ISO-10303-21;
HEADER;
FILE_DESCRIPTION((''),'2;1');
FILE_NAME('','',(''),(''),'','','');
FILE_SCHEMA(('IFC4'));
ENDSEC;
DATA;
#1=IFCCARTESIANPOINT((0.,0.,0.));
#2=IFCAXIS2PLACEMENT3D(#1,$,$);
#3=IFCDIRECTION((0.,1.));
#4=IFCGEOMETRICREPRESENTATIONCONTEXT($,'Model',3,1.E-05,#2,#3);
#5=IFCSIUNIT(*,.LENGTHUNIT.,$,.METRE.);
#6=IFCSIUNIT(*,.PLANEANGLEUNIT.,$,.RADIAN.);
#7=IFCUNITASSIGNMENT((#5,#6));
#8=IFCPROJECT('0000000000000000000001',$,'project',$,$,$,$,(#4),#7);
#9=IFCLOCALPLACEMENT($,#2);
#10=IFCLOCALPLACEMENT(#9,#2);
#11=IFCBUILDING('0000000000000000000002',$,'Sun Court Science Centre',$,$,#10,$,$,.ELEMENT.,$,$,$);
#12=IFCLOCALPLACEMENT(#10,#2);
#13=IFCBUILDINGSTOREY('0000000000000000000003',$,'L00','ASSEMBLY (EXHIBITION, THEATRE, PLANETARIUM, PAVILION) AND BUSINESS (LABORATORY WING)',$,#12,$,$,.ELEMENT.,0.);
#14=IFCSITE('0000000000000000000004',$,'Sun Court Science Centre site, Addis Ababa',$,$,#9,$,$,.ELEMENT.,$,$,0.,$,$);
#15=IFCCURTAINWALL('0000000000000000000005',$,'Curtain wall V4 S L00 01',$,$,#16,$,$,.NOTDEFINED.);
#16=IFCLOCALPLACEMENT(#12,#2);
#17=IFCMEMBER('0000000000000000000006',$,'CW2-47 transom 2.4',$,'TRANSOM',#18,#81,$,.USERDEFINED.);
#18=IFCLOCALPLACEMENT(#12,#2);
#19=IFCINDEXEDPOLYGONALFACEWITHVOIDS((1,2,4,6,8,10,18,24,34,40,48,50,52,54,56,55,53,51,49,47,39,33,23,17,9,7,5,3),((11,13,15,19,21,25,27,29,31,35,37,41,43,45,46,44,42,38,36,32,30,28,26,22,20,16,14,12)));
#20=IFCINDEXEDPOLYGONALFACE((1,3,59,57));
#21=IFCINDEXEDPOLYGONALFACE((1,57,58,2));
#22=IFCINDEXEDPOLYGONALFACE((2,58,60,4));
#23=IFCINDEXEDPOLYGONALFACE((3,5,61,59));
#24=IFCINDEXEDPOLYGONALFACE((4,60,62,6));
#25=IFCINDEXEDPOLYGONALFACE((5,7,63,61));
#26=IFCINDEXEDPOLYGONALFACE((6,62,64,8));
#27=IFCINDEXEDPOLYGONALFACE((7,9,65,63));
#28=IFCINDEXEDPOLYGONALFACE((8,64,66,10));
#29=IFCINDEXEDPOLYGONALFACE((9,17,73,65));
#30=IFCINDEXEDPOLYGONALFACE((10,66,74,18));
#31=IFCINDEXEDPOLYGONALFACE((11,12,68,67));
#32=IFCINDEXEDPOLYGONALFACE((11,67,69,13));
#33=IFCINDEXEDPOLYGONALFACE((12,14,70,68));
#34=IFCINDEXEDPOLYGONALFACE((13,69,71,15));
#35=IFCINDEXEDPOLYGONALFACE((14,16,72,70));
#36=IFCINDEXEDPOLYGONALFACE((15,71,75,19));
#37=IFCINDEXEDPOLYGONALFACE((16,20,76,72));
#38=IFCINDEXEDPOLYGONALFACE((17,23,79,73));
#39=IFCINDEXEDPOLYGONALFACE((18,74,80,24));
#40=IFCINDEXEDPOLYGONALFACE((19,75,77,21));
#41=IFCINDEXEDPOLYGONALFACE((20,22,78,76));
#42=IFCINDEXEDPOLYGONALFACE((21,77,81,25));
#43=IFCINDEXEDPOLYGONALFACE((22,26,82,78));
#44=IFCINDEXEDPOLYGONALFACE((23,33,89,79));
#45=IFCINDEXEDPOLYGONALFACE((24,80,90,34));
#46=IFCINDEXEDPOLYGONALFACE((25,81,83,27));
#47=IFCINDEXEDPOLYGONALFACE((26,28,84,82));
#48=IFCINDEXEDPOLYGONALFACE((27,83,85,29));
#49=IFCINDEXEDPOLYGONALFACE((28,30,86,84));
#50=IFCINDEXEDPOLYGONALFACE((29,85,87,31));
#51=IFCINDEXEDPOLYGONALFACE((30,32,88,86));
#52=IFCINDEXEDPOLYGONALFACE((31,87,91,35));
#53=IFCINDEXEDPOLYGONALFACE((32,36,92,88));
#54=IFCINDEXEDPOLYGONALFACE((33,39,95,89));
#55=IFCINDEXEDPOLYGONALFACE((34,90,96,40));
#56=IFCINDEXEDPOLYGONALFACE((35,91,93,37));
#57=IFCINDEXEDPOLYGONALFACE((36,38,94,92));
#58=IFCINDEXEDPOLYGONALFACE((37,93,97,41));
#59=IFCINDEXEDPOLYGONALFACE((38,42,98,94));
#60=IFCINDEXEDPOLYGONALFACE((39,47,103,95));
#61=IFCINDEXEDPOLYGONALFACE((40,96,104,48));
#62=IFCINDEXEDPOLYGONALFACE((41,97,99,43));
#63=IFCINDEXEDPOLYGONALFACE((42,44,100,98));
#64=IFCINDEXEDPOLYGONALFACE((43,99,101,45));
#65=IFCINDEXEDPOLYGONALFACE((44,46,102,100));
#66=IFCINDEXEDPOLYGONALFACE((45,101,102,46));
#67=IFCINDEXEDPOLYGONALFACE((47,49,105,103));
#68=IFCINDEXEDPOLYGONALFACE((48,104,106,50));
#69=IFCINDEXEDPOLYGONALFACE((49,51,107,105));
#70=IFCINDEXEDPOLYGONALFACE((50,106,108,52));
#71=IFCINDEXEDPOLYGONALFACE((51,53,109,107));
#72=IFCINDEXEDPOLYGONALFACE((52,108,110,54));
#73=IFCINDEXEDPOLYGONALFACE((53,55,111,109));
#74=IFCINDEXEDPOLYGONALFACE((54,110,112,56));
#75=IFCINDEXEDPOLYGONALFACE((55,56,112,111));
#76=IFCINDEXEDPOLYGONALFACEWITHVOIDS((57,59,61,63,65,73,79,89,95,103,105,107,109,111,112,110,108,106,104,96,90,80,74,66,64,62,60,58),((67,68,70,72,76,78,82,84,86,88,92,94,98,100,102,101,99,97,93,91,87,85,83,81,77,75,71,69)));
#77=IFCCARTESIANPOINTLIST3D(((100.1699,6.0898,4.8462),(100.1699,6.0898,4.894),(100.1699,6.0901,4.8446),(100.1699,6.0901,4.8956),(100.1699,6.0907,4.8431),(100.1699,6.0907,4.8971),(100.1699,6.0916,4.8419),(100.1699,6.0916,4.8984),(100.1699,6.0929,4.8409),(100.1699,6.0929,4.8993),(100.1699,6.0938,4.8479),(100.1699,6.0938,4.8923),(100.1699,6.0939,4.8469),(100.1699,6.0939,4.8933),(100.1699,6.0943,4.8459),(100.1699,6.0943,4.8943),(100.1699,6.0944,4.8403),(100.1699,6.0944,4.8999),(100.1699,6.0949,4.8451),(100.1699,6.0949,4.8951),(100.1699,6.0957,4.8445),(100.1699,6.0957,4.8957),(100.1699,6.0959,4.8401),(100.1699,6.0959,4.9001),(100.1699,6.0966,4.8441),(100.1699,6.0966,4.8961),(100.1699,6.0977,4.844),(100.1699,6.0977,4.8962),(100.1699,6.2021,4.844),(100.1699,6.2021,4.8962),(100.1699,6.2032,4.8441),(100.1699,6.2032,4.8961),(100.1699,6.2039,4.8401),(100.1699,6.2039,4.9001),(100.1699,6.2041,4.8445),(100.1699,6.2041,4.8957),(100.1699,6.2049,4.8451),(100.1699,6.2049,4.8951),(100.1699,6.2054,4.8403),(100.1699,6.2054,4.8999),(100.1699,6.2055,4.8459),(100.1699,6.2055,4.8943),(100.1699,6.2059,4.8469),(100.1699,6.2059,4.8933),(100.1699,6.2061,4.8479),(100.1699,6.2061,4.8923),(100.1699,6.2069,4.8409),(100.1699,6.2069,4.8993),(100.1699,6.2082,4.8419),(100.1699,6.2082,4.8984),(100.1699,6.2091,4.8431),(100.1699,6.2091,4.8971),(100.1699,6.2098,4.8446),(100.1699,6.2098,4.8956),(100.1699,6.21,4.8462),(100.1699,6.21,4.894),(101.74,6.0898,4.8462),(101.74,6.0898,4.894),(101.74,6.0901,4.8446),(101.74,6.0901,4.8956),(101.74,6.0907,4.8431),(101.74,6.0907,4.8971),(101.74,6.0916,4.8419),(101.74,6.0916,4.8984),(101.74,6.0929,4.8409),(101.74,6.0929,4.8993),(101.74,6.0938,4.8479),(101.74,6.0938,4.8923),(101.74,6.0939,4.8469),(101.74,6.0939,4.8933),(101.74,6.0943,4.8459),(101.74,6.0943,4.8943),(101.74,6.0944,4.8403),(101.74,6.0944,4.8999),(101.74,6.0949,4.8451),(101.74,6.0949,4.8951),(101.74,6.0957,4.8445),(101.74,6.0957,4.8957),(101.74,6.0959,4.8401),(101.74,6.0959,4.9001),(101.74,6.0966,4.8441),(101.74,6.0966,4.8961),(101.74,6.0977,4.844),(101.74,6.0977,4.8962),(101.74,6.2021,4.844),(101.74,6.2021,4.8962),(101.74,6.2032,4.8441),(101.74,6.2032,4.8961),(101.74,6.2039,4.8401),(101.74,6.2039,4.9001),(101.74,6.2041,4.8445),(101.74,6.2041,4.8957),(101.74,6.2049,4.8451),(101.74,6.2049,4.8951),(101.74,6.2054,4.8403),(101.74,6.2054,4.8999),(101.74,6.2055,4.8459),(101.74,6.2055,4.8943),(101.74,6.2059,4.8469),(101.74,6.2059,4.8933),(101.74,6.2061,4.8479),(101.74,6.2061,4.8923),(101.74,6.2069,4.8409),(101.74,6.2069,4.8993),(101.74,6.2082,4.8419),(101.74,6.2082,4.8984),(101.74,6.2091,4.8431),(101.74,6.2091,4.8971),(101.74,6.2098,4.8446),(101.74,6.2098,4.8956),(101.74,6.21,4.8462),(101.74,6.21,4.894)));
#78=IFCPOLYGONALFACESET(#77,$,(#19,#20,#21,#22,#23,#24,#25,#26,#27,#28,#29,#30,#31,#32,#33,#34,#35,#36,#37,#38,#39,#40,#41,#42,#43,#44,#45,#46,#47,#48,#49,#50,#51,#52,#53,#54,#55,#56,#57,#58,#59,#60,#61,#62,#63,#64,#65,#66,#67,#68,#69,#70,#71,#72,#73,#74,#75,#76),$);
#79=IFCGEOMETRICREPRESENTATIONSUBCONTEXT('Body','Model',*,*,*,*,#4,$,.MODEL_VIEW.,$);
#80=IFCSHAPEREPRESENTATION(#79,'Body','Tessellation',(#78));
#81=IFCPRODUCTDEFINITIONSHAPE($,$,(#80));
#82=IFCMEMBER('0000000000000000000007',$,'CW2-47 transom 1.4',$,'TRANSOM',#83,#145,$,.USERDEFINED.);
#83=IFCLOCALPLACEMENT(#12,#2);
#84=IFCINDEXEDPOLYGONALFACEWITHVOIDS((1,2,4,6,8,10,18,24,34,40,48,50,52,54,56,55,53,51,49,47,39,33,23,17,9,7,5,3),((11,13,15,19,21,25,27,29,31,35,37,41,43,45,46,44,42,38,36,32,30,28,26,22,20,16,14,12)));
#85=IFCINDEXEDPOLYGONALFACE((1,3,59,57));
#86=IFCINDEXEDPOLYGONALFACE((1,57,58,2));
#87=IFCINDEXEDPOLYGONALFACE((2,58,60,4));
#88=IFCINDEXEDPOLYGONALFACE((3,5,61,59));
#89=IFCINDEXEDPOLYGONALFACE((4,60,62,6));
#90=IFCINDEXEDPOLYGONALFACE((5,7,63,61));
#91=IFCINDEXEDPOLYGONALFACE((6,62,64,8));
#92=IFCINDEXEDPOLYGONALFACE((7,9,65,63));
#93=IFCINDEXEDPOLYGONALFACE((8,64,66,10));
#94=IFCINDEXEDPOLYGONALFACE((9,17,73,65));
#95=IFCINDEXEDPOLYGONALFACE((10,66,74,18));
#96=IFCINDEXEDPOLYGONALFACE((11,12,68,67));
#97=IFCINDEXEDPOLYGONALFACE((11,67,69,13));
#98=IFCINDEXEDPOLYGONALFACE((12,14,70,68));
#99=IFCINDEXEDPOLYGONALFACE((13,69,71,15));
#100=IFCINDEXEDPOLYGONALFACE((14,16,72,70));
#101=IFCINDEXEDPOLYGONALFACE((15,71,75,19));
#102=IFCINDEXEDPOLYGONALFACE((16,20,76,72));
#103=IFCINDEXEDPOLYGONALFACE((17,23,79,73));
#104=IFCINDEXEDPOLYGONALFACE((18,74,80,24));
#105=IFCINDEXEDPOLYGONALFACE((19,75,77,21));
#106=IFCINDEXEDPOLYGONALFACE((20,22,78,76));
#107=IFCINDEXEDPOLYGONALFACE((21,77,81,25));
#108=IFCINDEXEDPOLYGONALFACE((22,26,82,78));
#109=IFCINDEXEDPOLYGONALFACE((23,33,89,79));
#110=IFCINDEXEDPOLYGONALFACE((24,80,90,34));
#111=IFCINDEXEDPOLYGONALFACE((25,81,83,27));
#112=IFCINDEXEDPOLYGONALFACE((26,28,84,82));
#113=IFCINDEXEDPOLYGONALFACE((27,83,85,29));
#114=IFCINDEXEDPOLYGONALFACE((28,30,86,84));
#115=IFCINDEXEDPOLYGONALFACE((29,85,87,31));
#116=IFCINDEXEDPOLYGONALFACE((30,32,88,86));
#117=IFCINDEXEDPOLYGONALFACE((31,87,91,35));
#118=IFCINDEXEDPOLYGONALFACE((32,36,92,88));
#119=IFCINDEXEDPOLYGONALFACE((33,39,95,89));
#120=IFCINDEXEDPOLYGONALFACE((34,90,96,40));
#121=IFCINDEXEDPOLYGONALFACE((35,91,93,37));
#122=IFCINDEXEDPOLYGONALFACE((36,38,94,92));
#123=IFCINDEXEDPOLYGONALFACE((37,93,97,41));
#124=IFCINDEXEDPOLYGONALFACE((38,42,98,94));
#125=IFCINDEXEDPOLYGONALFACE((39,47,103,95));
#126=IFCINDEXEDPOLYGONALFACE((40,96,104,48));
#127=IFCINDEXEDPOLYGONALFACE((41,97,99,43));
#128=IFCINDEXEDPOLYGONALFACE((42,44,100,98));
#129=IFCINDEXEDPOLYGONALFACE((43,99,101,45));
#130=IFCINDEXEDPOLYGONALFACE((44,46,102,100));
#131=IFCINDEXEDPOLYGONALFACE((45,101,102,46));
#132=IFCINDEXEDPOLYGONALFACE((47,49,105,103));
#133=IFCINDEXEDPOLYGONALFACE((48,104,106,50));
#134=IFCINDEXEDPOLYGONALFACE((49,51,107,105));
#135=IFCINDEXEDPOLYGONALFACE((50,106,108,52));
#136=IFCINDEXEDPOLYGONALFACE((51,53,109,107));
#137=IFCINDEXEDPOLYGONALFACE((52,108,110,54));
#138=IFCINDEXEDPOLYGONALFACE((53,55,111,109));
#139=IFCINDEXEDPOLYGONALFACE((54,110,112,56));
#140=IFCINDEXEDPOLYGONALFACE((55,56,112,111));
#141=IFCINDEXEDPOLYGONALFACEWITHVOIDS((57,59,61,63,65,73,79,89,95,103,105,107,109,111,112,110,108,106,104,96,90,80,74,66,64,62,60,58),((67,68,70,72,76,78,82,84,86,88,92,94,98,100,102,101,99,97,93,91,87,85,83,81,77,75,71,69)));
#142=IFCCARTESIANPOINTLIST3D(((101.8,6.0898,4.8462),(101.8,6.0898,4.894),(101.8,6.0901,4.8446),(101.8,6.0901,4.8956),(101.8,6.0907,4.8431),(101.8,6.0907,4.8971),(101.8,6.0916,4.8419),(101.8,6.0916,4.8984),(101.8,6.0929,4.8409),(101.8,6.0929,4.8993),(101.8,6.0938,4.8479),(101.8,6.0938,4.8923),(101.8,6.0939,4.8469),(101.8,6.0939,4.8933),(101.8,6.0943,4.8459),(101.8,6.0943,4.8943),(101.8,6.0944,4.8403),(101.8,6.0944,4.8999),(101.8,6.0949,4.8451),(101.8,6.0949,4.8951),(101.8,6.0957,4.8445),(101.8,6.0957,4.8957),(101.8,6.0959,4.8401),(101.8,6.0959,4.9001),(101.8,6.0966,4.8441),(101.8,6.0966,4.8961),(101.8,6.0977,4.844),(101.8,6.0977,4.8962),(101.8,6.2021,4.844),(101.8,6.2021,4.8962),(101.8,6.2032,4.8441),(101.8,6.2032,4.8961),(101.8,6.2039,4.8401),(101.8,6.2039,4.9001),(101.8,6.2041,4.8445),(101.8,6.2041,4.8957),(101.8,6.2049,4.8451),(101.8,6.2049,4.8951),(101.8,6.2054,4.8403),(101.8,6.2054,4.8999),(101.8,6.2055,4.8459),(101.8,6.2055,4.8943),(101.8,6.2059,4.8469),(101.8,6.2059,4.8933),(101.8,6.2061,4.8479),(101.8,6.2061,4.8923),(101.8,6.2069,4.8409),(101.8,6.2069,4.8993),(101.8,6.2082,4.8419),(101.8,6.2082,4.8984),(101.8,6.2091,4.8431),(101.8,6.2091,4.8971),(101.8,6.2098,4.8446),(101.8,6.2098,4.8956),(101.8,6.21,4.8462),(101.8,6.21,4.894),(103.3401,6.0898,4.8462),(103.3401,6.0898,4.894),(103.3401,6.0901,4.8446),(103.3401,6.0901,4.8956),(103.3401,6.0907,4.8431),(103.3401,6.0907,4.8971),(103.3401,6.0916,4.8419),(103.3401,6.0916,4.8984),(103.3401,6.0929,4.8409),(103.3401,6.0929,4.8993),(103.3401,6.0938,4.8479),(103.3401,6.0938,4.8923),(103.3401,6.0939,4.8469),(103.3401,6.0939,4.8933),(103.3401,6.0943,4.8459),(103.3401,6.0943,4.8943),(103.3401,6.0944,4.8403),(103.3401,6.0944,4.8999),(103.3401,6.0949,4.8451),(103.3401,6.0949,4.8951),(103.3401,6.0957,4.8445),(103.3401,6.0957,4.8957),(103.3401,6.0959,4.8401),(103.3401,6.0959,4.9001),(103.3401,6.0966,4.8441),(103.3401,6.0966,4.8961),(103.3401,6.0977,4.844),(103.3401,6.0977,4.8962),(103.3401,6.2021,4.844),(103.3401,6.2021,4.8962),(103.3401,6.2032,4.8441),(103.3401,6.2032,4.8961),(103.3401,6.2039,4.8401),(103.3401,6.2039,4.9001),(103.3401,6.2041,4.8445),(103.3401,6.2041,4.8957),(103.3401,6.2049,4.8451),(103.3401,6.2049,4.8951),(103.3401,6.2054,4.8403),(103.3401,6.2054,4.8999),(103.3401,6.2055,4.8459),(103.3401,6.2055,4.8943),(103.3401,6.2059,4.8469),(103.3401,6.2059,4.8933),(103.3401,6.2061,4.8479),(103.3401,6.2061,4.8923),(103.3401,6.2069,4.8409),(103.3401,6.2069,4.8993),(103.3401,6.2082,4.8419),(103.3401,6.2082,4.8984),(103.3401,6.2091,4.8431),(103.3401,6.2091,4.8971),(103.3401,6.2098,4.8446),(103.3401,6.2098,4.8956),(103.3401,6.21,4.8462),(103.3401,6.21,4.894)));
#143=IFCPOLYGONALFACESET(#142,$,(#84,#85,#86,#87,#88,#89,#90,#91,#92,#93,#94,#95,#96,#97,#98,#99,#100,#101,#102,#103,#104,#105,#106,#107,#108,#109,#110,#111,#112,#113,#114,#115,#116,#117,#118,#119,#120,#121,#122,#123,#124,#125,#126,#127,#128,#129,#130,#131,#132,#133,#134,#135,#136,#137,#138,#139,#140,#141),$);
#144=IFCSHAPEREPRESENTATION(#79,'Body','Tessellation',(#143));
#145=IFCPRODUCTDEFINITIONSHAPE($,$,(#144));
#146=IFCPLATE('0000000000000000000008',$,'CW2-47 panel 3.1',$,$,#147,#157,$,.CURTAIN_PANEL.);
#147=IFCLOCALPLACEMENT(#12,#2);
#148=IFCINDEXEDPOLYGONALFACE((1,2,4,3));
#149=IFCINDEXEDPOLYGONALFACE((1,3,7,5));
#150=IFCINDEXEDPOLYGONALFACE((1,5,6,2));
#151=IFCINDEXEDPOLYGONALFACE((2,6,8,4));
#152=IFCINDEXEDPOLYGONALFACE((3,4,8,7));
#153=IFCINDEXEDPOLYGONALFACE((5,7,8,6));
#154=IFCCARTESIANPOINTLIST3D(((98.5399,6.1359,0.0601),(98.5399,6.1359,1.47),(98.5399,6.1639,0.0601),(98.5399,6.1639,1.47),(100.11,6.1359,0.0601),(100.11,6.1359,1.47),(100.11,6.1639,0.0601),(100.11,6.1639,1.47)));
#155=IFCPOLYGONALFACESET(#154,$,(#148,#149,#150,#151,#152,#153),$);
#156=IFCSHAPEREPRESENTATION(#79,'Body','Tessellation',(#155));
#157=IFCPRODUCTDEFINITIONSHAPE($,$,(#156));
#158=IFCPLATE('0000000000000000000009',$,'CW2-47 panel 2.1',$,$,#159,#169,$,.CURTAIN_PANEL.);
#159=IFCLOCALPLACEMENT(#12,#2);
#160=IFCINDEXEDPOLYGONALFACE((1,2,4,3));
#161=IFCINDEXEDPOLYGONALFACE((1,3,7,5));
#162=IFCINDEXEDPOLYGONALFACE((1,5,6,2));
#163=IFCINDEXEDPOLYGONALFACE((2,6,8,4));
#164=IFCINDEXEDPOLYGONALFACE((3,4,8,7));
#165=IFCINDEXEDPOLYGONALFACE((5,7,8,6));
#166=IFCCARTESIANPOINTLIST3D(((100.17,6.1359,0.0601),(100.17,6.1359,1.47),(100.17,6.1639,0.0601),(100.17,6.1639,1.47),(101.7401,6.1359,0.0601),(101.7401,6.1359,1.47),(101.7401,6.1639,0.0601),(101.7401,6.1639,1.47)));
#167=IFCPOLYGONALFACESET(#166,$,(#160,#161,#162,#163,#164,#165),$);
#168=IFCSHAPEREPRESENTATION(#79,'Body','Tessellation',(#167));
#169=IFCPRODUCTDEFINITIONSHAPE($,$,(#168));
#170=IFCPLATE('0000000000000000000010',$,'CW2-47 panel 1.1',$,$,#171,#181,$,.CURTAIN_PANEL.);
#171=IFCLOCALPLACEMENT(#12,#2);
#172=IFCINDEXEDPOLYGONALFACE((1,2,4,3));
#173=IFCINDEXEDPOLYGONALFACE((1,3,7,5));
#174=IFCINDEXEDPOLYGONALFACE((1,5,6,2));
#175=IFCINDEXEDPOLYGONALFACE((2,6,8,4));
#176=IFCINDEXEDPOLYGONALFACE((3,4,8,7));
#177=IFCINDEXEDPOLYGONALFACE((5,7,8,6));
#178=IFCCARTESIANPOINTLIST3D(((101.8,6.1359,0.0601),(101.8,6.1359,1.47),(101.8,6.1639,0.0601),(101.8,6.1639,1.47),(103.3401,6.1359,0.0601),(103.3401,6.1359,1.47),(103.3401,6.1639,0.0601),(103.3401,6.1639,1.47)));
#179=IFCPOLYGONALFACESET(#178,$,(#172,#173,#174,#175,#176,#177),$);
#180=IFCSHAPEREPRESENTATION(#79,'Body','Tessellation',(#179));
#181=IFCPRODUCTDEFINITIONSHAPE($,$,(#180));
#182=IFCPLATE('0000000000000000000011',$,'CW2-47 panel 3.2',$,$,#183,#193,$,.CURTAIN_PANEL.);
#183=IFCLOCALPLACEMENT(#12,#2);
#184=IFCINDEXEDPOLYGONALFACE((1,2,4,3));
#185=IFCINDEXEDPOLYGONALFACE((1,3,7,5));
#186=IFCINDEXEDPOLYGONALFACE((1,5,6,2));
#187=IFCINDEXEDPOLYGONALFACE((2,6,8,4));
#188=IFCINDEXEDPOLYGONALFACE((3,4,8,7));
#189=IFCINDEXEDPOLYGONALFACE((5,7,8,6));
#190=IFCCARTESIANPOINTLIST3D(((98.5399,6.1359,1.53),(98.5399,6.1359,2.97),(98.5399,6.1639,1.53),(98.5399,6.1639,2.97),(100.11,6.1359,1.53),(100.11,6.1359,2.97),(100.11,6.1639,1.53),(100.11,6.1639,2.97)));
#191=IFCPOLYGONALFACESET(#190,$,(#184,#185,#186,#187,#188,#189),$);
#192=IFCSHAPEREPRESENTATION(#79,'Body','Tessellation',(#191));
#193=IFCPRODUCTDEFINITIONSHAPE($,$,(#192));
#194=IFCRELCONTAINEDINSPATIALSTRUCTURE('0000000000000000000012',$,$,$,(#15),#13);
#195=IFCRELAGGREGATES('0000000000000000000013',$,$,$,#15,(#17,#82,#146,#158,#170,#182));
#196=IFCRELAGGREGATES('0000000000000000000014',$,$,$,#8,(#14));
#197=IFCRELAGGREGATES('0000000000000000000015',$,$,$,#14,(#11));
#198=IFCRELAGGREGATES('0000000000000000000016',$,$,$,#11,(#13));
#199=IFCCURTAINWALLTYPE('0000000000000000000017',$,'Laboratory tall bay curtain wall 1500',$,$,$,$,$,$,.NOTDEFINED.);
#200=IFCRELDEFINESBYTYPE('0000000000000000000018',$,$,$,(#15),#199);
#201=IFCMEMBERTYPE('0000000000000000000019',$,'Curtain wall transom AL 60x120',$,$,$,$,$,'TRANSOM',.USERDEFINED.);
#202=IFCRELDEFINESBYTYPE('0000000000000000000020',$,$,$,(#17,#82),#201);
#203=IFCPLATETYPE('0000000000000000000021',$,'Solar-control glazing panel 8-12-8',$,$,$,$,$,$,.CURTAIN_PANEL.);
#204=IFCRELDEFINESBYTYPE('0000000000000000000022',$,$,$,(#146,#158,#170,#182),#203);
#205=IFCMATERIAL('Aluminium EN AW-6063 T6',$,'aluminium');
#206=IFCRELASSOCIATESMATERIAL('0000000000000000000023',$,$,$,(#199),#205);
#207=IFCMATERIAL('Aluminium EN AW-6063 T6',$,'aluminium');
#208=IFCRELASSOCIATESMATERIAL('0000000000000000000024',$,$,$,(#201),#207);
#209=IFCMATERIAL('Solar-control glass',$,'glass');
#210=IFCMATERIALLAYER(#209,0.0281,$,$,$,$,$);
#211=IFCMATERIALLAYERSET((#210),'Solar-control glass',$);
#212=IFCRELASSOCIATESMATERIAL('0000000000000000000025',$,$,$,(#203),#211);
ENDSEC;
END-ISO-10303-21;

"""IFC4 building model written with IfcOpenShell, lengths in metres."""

from ifc_helpers import new_model, si_unit, direction, frame, origin, origin_2d, place, context, subcontext, project, spatial, rectangle, hollow_rectangle, extrude, material, layer, layer_set, material_profile, profile_set, type_object, element, aggregate, save


model = new_model("IFC4")

# Units and contexts
model_context = context("Model", 3, precision=1e-05, world=origin(), true_north=direction((0.0, 1.0)))
body_context = subcontext(model_context, "Body", "Model", "MODEL_VIEW")
ifc_project = project(units=[si_unit("LENGTHUNIT", "METRE"), si_unit("PLANEANGLEUNIT", "RADIAN")], contexts=[model_context])

# Site, building, storey
site_placement = place(None, origin())
site = spatial("IfcSite", under=ifc_project, at=site_placement, Name="Sun Court Science Centre site, Addis Ababa", CompositionType="ELEMENT", RefElevation=0.0)
building_placement = place(site_placement, origin())
building = spatial("IfcBuilding", under=site, at=building_placement, Name="Sun Court Science Centre", CompositionType="ELEMENT")
storey_placement = place(building_placement, origin())
storey = spatial("IfcBuildingStorey", under=building, at=storey_placement, Name="L00", Description="ASSEMBLY (EXHIBITION, THEATRE, PLANETARIUM, PAVILION) AND BUSINESS (LABORATORY WING)", CompositionType="ELEMENT", Elevation=0.0)

# Curtain wall, members, plates
ifc_material_1 = material(Name="Aluminium EN AW-6063 T6", Category="aluminium")
curtain_wall_type = type_object("IfcCurtainWallType", Name="Laboratory tall bay curtain wall 1500", PredefinedType="NOTDEFINED", material=ifc_material_1)
curtain_wall_placement = place(storey_placement, origin())
curtain_wall = element("IfcCurtainWall", 1, at=curtain_wall_placement, inside=storey, type_object=curtain_wall_type, Name="Curtain wall V4 S L00 01", PredefinedType="NOTDEFINED")
ifc_material_2 = material(Name="Aluminium EN AW-6063 T6", Category="aluminium")
ifc_material_profile_1 = material_profile(ifc_material_2, hollow_rectangle(XDim=0.0601, YDim=0.1201, WallThickness=0.0039, InnerFilletRadius=0.0039, OuterFilletRadius=0.0061, at=origin_2d()), Name="AL 60x120x4")
ifc_profile_set_1 = profile_set([ifc_material_profile_1], Name="Aluminium EN AW-6063 T6")
member_type_1 = type_object("IfcMemberType", Name="Curtain wall transom AL 60x120", ElementType="TRANSOM", PredefinedType="USERDEFINED", material=ifc_profile_set_1)
member_1_placement = place(storey_placement, frame((101.74, 6.1499, 4.8701), z_axis=(-1.0, 0.0, 0.0), x_axis=(0.0, 0.0, 1.0)))
member_1 = element("IfcMember", 2, at=member_1_placement, type_object=member_type_1, Name="CW2-47 transom 2.4", ObjectType="TRANSOM", PredefinedType="USERDEFINED", context=body_context, shape_type="SweptSolid", body=[
    extrude(hollow_rectangle(XDim=0.0601, YDim=0.1201, WallThickness=0.0039, InnerFilletRadius=0.0039, OuterFilletRadius=0.0061, at=origin_2d()), origin(), (0.0, 0.0, 1.0), 1.5701),
])
member_2_placement = place(storey_placement, frame((103.3401, 6.1499, 4.8701), z_axis=(-1.0, 0.0, 0.0), x_axis=(0.0, 0.0, 1.0)))
member_2 = element("IfcMember", 3, at=member_2_placement, type_object=member_type_1, Name="CW2-47 transom 1.4", ObjectType="TRANSOM", PredefinedType="USERDEFINED", context=body_context, shape_type="SweptSolid", body=[
    extrude(hollow_rectangle(XDim=0.0601, YDim=0.1201, WallThickness=0.0039, InnerFilletRadius=0.0039, OuterFilletRadius=0.0061, at=origin_2d()), origin(), (0.0, 0.0, 1.0), 1.54),
])
ifc_material_3 = material(Name="Solar-control glass", Category="glass")
ifc_layer_1 = layer(ifc_material_3, 0.0281)
ifc_layer_set_1 = layer_set([ifc_layer_1], Name="Solar-control glass")
plate_type = type_object("IfcPlateType", Name="Solar-control glazing panel 8-12-8", PredefinedType="CURTAIN_PANEL", material=ifc_layer_set_1)
plate_1_placement = place(storey_placement, frame((99.325, 6.1499, 0.0601), z_axis=(0.0, 0.0, 1.0), x_axis=(-1.0, 0.0, 0.0)))
plate_1 = element("IfcPlate", 4, at=plate_1_placement, type_object=plate_type, Name="CW2-47 panel 3.1", PredefinedType="CURTAIN_PANEL", context=body_context, shape_type="SweptSolid", body=[
    extrude(rectangle(XDim=1.5701, YDim=0.0281, at=origin_2d()), origin(), (0.0, 0.0, 1.0), 1.4099),
])
plate_2_placement = place(storey_placement, frame((100.9551, 6.1499, 0.0601), z_axis=(0.0, 0.0, 1.0), x_axis=(-1.0, 0.0, 0.0)))
plate_2 = element("IfcPlate", 5, at=plate_2_placement, type_object=plate_type, Name="CW2-47 panel 2.1", PredefinedType="CURTAIN_PANEL", context=body_context, shape_type="SweptSolid", body=[
    extrude(rectangle(XDim=1.5701, YDim=0.0281, at=origin_2d()), origin(), (0.0, 0.0, 1.0), 1.4099),
])
plate_3_placement = place(storey_placement, frame((102.5701, 6.1499, 0.0601), z_axis=(0.0, 0.0, 1.0), x_axis=(-1.0, 0.0, 0.0)))
plate_3 = element("IfcPlate", 6, at=plate_3_placement, type_object=plate_type, Name="CW2-47 panel 1.1", PredefinedType="CURTAIN_PANEL", context=body_context, shape_type="SweptSolid", body=[
    extrude(rectangle(XDim=1.54, YDim=0.0281, at=origin_2d()), origin(), (0.0, 0.0, 1.0), 1.4099),
])
plate_4_placement = place(storey_placement, frame((99.325, 6.1499, 1.53), z_axis=(0.0, 0.0, 1.0), x_axis=(-1.0, 0.0, 0.0)))
plate_4 = element("IfcPlate", 7, at=plate_4_placement, type_object=plate_type, Name="CW2-47 panel 3.2", PredefinedType="CURTAIN_PANEL", context=body_context, shape_type="SweptSolid", body=[
    extrude(rectangle(XDim=1.5701, YDim=0.0281, at=origin_2d()), origin(), (0.0, 0.0, 1.0), 1.4399),
])
aggregate(curtain_wall, [member_1, member_2, plate_1, plate_2, plate_3, plate_4])

save(model, "model.ifc")
